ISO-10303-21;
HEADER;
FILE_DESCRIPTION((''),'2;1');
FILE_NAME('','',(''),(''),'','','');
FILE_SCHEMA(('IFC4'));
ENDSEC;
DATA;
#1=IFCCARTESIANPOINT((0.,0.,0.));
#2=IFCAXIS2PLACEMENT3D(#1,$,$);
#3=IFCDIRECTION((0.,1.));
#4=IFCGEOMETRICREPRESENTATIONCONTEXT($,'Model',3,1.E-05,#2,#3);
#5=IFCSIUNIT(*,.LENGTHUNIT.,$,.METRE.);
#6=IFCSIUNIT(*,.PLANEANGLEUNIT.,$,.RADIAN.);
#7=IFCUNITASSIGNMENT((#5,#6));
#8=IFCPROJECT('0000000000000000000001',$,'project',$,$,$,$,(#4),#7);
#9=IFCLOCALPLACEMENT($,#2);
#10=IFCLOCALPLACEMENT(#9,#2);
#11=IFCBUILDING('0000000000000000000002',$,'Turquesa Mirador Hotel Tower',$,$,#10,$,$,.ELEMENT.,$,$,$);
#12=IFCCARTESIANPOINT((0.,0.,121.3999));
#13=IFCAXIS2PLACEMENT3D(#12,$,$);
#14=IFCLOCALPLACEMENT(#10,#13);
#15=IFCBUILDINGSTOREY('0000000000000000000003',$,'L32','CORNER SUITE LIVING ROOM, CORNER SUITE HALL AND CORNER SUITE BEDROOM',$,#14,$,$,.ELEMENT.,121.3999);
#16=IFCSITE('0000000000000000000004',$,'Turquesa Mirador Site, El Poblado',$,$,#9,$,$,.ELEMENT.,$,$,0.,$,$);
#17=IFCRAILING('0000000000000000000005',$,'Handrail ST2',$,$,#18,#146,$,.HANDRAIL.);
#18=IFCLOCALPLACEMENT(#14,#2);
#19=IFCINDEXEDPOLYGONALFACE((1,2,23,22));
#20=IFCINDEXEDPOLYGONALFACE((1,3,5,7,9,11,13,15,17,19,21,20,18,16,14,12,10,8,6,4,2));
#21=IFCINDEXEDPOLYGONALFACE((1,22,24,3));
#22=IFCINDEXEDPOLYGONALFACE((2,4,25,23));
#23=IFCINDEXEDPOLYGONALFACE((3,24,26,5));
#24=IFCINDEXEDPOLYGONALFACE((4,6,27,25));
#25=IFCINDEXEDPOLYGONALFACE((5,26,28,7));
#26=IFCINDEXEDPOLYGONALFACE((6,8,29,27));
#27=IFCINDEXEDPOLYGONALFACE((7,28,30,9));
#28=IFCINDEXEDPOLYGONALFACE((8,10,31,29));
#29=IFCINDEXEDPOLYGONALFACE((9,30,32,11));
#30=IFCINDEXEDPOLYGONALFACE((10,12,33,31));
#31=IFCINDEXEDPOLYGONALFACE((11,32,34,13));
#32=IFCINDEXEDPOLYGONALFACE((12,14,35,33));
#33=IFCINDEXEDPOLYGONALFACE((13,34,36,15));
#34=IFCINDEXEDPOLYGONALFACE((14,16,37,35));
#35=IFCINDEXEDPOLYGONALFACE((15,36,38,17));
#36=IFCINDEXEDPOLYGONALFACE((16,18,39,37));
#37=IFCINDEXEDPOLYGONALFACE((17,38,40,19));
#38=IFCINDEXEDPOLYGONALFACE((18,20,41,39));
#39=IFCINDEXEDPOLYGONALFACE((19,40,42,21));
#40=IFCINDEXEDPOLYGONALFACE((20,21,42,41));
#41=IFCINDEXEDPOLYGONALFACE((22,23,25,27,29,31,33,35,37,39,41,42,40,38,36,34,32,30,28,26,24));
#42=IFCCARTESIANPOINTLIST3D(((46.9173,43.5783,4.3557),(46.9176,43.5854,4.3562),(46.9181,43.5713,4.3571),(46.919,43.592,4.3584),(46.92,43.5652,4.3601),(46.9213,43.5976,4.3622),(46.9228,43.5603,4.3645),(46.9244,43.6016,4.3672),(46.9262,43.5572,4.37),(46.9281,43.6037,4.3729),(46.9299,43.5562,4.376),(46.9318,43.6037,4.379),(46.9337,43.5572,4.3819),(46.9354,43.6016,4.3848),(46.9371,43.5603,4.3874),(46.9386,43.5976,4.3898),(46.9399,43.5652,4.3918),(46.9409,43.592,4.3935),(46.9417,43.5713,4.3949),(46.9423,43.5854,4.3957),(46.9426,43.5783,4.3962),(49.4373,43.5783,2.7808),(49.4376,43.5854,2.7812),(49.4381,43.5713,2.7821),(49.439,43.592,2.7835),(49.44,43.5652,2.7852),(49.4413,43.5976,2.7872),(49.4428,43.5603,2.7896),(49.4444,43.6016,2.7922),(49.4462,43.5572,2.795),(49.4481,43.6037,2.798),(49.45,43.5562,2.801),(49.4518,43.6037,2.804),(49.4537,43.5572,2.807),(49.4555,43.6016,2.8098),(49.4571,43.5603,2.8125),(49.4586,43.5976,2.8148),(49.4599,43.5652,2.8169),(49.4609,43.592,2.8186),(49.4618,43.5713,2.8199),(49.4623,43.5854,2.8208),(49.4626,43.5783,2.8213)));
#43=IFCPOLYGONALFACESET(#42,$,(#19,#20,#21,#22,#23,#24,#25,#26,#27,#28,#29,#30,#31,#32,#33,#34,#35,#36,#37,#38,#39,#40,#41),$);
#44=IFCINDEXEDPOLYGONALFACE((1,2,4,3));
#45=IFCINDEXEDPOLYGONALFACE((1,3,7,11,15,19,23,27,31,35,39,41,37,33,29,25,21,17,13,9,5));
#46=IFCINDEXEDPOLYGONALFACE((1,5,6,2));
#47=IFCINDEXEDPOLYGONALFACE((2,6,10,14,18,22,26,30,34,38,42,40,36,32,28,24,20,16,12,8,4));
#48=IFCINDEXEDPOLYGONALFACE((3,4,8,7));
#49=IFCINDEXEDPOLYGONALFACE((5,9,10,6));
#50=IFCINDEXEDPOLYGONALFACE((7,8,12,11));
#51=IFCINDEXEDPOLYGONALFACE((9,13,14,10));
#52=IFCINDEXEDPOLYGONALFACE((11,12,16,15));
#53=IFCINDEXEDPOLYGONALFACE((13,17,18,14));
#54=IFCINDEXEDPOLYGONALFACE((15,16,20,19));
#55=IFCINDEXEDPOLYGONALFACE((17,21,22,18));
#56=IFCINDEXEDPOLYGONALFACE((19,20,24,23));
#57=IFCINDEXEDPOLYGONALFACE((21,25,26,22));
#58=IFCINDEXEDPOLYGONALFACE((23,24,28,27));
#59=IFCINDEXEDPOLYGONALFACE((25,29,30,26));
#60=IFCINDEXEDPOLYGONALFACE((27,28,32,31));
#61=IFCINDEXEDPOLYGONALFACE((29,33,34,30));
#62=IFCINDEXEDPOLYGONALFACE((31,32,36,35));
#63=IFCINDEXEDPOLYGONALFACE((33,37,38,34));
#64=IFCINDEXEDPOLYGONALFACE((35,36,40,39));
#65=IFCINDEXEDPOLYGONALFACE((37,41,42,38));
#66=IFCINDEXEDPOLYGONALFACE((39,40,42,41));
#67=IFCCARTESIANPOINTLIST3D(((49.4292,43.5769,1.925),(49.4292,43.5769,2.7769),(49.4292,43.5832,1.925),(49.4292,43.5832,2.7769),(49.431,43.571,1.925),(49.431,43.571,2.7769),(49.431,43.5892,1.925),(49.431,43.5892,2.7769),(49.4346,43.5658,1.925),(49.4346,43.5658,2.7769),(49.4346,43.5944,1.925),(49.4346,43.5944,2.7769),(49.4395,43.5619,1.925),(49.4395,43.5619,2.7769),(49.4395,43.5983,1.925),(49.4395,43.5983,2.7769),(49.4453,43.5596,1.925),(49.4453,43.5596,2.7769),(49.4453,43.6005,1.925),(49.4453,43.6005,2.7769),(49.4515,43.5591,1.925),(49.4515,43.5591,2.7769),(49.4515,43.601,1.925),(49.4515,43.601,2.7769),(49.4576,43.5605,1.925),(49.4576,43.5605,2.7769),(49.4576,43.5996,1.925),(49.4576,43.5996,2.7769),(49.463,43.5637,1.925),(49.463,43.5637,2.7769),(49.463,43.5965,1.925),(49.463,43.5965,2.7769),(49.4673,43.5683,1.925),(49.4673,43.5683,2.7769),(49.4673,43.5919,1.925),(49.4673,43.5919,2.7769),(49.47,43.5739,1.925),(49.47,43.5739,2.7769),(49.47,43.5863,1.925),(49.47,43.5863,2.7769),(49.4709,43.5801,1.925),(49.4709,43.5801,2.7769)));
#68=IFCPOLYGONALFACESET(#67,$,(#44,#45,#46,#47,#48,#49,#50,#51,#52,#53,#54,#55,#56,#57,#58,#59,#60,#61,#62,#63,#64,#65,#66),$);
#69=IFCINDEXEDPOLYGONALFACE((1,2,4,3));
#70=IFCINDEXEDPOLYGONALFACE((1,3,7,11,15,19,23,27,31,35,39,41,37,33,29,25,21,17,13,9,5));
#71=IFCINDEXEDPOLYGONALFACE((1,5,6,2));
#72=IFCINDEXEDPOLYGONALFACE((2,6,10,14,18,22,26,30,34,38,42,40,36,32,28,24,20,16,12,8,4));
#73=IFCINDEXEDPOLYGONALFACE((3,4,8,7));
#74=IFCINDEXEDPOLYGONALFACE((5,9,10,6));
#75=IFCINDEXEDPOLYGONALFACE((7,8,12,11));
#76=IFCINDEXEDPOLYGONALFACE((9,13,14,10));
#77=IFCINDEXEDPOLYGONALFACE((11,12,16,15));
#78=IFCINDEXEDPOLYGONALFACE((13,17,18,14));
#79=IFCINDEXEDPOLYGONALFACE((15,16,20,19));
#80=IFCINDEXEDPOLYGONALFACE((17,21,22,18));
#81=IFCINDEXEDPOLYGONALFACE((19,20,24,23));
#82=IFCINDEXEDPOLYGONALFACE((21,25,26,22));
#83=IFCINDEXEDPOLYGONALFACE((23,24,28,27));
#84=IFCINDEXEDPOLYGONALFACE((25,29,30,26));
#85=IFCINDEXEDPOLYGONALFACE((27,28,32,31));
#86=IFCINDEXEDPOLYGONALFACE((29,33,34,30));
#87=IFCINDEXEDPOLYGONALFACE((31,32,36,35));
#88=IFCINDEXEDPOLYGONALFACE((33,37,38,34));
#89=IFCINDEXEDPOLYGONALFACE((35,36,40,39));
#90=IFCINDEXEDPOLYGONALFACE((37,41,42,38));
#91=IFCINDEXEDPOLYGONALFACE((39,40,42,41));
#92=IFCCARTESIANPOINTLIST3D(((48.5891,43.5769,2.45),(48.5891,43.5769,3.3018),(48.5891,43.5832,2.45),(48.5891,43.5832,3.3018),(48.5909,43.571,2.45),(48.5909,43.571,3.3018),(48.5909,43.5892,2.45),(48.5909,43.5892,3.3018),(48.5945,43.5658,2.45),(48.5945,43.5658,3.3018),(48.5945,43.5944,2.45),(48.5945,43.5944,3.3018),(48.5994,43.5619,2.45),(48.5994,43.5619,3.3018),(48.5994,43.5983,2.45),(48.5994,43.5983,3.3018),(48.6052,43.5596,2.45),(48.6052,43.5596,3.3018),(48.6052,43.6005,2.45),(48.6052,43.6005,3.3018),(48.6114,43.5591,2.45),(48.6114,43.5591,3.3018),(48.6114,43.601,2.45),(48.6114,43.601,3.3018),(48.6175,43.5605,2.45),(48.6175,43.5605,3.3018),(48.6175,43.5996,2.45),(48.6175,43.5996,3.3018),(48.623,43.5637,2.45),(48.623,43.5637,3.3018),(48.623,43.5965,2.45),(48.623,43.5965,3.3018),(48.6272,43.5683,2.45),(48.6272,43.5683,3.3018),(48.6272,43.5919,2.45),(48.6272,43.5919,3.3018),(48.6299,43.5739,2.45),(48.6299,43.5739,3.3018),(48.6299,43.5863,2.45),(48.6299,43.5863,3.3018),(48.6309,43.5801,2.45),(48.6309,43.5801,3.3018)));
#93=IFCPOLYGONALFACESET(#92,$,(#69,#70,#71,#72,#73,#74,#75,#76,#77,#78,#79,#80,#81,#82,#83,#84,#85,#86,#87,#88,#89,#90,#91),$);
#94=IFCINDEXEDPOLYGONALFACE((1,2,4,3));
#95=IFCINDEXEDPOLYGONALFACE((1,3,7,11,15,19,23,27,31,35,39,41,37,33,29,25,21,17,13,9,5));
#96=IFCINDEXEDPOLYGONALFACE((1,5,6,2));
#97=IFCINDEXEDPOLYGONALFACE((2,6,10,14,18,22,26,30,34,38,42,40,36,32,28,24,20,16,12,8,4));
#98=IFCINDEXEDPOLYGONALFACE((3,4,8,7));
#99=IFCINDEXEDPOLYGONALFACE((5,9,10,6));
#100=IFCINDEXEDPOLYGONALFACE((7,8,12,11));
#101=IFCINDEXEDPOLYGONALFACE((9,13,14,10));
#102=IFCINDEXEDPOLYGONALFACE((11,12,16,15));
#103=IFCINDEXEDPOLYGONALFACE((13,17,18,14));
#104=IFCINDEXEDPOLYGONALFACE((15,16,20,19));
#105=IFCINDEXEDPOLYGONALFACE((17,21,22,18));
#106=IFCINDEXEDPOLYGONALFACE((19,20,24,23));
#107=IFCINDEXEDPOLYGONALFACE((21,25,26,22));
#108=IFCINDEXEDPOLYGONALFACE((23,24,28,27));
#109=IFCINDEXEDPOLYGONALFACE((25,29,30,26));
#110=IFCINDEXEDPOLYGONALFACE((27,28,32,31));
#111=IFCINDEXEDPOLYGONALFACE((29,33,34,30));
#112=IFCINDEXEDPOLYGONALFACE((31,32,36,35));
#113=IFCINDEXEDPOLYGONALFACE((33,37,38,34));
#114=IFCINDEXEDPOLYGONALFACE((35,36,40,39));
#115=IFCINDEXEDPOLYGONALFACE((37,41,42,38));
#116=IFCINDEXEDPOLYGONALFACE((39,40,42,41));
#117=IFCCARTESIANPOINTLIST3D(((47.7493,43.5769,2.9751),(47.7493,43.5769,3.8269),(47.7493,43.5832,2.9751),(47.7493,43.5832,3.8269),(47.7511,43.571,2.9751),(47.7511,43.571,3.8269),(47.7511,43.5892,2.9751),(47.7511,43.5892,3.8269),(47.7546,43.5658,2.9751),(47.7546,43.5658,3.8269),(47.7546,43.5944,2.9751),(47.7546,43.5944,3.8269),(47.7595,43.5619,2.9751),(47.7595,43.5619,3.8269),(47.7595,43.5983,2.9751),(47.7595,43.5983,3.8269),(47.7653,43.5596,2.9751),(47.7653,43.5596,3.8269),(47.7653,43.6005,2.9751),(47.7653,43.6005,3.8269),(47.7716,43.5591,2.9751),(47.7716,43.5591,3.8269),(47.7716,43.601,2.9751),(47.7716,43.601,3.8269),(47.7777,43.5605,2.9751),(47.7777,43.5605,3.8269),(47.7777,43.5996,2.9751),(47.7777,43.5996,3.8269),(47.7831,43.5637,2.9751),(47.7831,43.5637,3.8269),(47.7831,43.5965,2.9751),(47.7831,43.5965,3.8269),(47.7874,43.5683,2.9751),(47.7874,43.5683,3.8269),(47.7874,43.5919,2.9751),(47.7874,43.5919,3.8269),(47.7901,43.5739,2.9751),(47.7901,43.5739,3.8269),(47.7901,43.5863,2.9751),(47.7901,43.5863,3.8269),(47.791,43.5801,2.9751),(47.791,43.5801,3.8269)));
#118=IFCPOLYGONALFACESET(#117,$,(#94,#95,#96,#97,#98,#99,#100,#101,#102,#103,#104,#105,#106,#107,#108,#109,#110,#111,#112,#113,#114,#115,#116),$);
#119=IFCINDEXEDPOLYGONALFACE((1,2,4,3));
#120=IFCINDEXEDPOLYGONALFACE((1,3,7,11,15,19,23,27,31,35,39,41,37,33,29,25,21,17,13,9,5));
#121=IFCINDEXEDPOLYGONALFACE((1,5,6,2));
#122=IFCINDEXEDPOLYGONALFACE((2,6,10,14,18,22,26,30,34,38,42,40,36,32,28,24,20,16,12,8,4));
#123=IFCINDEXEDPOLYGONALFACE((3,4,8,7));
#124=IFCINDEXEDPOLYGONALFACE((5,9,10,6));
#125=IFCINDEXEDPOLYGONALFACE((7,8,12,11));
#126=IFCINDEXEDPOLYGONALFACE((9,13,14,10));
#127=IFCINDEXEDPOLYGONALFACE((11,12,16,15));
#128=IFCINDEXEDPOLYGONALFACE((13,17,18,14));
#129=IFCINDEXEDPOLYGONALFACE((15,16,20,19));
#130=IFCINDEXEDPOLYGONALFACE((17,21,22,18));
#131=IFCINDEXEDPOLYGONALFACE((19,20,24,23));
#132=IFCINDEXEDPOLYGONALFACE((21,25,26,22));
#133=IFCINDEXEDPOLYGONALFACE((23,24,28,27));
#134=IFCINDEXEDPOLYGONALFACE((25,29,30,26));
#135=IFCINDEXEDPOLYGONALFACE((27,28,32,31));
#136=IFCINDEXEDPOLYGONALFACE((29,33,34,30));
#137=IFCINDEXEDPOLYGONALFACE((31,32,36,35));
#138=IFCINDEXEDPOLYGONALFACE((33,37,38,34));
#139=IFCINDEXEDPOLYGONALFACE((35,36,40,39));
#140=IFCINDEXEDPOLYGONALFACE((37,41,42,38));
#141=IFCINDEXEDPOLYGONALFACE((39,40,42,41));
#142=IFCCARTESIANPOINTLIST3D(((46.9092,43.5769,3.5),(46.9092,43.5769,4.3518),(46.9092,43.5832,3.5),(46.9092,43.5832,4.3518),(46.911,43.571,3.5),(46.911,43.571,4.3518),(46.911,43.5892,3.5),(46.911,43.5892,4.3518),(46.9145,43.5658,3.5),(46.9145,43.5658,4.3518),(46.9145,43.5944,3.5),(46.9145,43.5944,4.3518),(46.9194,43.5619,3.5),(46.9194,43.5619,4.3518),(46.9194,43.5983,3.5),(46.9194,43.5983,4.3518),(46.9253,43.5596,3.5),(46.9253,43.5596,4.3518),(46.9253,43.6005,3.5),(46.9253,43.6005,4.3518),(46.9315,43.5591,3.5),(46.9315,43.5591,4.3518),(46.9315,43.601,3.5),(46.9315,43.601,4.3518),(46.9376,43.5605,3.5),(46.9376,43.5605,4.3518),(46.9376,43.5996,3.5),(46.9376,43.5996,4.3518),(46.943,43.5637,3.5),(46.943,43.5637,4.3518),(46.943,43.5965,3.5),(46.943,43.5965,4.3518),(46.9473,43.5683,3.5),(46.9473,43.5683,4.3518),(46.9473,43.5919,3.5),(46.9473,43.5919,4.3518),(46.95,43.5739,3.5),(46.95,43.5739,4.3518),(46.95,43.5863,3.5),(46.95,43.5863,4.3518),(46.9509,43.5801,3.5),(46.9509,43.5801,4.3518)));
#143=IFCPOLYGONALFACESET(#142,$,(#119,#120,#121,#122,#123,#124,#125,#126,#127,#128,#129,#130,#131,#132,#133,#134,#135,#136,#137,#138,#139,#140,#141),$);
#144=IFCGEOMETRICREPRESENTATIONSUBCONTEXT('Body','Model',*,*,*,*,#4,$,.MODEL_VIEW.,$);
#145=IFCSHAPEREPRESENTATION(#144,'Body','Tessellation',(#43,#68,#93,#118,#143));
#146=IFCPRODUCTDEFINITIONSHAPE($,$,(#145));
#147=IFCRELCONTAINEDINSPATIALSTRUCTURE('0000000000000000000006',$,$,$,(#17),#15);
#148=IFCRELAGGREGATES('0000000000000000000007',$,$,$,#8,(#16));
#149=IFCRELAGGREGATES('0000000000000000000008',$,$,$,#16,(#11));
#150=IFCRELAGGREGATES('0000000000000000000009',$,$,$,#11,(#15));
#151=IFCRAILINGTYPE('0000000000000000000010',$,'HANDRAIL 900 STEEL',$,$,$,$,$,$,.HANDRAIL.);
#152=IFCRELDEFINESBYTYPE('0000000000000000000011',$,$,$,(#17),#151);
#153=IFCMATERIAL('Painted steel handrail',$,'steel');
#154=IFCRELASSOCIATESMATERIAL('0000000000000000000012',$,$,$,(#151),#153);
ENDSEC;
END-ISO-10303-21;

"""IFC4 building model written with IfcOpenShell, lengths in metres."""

from ifc_helpers import new_model, si_unit, direction, frame, origin, origin_2d, place, context, subcontext, project, spatial, circle, extrude, material, type_object, element, save


model = new_model("IFC4")

# Units and contexts
model_context = context("Model", 3, precision=1e-05, world=origin(), true_north=direction((0.0, 1.0)))
body_context = subcontext(model_context, "Body", "Model", "MODEL_VIEW")
ifc_project = project(units=[si_unit("LENGTHUNIT", "METRE"), si_unit("PLANEANGLEUNIT", "RADIAN")], contexts=[model_context])

# Site, building, storey
site_placement = place(None, origin())
site = spatial("IfcSite", under=ifc_project, at=site_placement, Name="Turquesa Mirador Site, El Poblado", CompositionType="ELEMENT", RefElevation=0.0)
building_placement = place(site_placement, origin())
building = spatial("IfcBuilding", under=site, at=building_placement, Name="Turquesa Mirador Hotel Tower", CompositionType="ELEMENT")
storey_placement = place(building_placement, frame((0.0, 0.0, 121.3999)))
storey = spatial("IfcBuildingStorey", under=building, at=storey_placement, Name="L32", Description="CORNER SUITE LIVING ROOM, CORNER SUITE HALL AND CORNER SUITE BEDROOM", CompositionType="ELEMENT", Elevation=121.3999)

# Railing
ifc_material_1 = material(Name="Painted steel handrail", Category="steel")
railing_type = type_object("IfcRailingType", Name="HANDRAIL 900 STEEL", PredefinedType="HANDRAIL", material=ifc_material_1)
railing_1_placement = place(storey_placement, frame((49.45, 43.5801, 1.925)))
element("IfcRailing", 1, at=railing_1_placement, inside=storey, type_object=railing_type, Name="Handrail ST2", PredefinedType="HANDRAIL", context=body_context, shape_type="SweptSolid", body=[
    extrude(circle(Radius=0.0239, at=origin_2d()), frame((0.0, 0.0, 0.876), z_axis=(-0.848008, 0.0, 0.529984), x_axis=(0.0, -1.0, 0.0)), (0.0, 0.0, 1.0), 2.9717),
    extrude(circle(Radius=0.021, at=origin_2d()), origin(), (0.0, 0.0, 1.0), 0.8518),
    extrude(circle(Radius=0.021, at=origin_2d()), frame((-0.8401, 0.0, 0.5249)), (0.0, 0.0, 1.0), 0.8518),
    extrude(circle(Radius=0.021, at=origin_2d()), frame((-1.6799, 0.0, 1.05)), (0.0, 0.0, 1.0), 0.8518),
    extrude(circle(Radius=0.021, at=origin_2d()), frame((-2.52, 0.0, 1.575)), (0.0, 0.0, 1.0), 0.8518),
])

save(model, "model.ifc")
